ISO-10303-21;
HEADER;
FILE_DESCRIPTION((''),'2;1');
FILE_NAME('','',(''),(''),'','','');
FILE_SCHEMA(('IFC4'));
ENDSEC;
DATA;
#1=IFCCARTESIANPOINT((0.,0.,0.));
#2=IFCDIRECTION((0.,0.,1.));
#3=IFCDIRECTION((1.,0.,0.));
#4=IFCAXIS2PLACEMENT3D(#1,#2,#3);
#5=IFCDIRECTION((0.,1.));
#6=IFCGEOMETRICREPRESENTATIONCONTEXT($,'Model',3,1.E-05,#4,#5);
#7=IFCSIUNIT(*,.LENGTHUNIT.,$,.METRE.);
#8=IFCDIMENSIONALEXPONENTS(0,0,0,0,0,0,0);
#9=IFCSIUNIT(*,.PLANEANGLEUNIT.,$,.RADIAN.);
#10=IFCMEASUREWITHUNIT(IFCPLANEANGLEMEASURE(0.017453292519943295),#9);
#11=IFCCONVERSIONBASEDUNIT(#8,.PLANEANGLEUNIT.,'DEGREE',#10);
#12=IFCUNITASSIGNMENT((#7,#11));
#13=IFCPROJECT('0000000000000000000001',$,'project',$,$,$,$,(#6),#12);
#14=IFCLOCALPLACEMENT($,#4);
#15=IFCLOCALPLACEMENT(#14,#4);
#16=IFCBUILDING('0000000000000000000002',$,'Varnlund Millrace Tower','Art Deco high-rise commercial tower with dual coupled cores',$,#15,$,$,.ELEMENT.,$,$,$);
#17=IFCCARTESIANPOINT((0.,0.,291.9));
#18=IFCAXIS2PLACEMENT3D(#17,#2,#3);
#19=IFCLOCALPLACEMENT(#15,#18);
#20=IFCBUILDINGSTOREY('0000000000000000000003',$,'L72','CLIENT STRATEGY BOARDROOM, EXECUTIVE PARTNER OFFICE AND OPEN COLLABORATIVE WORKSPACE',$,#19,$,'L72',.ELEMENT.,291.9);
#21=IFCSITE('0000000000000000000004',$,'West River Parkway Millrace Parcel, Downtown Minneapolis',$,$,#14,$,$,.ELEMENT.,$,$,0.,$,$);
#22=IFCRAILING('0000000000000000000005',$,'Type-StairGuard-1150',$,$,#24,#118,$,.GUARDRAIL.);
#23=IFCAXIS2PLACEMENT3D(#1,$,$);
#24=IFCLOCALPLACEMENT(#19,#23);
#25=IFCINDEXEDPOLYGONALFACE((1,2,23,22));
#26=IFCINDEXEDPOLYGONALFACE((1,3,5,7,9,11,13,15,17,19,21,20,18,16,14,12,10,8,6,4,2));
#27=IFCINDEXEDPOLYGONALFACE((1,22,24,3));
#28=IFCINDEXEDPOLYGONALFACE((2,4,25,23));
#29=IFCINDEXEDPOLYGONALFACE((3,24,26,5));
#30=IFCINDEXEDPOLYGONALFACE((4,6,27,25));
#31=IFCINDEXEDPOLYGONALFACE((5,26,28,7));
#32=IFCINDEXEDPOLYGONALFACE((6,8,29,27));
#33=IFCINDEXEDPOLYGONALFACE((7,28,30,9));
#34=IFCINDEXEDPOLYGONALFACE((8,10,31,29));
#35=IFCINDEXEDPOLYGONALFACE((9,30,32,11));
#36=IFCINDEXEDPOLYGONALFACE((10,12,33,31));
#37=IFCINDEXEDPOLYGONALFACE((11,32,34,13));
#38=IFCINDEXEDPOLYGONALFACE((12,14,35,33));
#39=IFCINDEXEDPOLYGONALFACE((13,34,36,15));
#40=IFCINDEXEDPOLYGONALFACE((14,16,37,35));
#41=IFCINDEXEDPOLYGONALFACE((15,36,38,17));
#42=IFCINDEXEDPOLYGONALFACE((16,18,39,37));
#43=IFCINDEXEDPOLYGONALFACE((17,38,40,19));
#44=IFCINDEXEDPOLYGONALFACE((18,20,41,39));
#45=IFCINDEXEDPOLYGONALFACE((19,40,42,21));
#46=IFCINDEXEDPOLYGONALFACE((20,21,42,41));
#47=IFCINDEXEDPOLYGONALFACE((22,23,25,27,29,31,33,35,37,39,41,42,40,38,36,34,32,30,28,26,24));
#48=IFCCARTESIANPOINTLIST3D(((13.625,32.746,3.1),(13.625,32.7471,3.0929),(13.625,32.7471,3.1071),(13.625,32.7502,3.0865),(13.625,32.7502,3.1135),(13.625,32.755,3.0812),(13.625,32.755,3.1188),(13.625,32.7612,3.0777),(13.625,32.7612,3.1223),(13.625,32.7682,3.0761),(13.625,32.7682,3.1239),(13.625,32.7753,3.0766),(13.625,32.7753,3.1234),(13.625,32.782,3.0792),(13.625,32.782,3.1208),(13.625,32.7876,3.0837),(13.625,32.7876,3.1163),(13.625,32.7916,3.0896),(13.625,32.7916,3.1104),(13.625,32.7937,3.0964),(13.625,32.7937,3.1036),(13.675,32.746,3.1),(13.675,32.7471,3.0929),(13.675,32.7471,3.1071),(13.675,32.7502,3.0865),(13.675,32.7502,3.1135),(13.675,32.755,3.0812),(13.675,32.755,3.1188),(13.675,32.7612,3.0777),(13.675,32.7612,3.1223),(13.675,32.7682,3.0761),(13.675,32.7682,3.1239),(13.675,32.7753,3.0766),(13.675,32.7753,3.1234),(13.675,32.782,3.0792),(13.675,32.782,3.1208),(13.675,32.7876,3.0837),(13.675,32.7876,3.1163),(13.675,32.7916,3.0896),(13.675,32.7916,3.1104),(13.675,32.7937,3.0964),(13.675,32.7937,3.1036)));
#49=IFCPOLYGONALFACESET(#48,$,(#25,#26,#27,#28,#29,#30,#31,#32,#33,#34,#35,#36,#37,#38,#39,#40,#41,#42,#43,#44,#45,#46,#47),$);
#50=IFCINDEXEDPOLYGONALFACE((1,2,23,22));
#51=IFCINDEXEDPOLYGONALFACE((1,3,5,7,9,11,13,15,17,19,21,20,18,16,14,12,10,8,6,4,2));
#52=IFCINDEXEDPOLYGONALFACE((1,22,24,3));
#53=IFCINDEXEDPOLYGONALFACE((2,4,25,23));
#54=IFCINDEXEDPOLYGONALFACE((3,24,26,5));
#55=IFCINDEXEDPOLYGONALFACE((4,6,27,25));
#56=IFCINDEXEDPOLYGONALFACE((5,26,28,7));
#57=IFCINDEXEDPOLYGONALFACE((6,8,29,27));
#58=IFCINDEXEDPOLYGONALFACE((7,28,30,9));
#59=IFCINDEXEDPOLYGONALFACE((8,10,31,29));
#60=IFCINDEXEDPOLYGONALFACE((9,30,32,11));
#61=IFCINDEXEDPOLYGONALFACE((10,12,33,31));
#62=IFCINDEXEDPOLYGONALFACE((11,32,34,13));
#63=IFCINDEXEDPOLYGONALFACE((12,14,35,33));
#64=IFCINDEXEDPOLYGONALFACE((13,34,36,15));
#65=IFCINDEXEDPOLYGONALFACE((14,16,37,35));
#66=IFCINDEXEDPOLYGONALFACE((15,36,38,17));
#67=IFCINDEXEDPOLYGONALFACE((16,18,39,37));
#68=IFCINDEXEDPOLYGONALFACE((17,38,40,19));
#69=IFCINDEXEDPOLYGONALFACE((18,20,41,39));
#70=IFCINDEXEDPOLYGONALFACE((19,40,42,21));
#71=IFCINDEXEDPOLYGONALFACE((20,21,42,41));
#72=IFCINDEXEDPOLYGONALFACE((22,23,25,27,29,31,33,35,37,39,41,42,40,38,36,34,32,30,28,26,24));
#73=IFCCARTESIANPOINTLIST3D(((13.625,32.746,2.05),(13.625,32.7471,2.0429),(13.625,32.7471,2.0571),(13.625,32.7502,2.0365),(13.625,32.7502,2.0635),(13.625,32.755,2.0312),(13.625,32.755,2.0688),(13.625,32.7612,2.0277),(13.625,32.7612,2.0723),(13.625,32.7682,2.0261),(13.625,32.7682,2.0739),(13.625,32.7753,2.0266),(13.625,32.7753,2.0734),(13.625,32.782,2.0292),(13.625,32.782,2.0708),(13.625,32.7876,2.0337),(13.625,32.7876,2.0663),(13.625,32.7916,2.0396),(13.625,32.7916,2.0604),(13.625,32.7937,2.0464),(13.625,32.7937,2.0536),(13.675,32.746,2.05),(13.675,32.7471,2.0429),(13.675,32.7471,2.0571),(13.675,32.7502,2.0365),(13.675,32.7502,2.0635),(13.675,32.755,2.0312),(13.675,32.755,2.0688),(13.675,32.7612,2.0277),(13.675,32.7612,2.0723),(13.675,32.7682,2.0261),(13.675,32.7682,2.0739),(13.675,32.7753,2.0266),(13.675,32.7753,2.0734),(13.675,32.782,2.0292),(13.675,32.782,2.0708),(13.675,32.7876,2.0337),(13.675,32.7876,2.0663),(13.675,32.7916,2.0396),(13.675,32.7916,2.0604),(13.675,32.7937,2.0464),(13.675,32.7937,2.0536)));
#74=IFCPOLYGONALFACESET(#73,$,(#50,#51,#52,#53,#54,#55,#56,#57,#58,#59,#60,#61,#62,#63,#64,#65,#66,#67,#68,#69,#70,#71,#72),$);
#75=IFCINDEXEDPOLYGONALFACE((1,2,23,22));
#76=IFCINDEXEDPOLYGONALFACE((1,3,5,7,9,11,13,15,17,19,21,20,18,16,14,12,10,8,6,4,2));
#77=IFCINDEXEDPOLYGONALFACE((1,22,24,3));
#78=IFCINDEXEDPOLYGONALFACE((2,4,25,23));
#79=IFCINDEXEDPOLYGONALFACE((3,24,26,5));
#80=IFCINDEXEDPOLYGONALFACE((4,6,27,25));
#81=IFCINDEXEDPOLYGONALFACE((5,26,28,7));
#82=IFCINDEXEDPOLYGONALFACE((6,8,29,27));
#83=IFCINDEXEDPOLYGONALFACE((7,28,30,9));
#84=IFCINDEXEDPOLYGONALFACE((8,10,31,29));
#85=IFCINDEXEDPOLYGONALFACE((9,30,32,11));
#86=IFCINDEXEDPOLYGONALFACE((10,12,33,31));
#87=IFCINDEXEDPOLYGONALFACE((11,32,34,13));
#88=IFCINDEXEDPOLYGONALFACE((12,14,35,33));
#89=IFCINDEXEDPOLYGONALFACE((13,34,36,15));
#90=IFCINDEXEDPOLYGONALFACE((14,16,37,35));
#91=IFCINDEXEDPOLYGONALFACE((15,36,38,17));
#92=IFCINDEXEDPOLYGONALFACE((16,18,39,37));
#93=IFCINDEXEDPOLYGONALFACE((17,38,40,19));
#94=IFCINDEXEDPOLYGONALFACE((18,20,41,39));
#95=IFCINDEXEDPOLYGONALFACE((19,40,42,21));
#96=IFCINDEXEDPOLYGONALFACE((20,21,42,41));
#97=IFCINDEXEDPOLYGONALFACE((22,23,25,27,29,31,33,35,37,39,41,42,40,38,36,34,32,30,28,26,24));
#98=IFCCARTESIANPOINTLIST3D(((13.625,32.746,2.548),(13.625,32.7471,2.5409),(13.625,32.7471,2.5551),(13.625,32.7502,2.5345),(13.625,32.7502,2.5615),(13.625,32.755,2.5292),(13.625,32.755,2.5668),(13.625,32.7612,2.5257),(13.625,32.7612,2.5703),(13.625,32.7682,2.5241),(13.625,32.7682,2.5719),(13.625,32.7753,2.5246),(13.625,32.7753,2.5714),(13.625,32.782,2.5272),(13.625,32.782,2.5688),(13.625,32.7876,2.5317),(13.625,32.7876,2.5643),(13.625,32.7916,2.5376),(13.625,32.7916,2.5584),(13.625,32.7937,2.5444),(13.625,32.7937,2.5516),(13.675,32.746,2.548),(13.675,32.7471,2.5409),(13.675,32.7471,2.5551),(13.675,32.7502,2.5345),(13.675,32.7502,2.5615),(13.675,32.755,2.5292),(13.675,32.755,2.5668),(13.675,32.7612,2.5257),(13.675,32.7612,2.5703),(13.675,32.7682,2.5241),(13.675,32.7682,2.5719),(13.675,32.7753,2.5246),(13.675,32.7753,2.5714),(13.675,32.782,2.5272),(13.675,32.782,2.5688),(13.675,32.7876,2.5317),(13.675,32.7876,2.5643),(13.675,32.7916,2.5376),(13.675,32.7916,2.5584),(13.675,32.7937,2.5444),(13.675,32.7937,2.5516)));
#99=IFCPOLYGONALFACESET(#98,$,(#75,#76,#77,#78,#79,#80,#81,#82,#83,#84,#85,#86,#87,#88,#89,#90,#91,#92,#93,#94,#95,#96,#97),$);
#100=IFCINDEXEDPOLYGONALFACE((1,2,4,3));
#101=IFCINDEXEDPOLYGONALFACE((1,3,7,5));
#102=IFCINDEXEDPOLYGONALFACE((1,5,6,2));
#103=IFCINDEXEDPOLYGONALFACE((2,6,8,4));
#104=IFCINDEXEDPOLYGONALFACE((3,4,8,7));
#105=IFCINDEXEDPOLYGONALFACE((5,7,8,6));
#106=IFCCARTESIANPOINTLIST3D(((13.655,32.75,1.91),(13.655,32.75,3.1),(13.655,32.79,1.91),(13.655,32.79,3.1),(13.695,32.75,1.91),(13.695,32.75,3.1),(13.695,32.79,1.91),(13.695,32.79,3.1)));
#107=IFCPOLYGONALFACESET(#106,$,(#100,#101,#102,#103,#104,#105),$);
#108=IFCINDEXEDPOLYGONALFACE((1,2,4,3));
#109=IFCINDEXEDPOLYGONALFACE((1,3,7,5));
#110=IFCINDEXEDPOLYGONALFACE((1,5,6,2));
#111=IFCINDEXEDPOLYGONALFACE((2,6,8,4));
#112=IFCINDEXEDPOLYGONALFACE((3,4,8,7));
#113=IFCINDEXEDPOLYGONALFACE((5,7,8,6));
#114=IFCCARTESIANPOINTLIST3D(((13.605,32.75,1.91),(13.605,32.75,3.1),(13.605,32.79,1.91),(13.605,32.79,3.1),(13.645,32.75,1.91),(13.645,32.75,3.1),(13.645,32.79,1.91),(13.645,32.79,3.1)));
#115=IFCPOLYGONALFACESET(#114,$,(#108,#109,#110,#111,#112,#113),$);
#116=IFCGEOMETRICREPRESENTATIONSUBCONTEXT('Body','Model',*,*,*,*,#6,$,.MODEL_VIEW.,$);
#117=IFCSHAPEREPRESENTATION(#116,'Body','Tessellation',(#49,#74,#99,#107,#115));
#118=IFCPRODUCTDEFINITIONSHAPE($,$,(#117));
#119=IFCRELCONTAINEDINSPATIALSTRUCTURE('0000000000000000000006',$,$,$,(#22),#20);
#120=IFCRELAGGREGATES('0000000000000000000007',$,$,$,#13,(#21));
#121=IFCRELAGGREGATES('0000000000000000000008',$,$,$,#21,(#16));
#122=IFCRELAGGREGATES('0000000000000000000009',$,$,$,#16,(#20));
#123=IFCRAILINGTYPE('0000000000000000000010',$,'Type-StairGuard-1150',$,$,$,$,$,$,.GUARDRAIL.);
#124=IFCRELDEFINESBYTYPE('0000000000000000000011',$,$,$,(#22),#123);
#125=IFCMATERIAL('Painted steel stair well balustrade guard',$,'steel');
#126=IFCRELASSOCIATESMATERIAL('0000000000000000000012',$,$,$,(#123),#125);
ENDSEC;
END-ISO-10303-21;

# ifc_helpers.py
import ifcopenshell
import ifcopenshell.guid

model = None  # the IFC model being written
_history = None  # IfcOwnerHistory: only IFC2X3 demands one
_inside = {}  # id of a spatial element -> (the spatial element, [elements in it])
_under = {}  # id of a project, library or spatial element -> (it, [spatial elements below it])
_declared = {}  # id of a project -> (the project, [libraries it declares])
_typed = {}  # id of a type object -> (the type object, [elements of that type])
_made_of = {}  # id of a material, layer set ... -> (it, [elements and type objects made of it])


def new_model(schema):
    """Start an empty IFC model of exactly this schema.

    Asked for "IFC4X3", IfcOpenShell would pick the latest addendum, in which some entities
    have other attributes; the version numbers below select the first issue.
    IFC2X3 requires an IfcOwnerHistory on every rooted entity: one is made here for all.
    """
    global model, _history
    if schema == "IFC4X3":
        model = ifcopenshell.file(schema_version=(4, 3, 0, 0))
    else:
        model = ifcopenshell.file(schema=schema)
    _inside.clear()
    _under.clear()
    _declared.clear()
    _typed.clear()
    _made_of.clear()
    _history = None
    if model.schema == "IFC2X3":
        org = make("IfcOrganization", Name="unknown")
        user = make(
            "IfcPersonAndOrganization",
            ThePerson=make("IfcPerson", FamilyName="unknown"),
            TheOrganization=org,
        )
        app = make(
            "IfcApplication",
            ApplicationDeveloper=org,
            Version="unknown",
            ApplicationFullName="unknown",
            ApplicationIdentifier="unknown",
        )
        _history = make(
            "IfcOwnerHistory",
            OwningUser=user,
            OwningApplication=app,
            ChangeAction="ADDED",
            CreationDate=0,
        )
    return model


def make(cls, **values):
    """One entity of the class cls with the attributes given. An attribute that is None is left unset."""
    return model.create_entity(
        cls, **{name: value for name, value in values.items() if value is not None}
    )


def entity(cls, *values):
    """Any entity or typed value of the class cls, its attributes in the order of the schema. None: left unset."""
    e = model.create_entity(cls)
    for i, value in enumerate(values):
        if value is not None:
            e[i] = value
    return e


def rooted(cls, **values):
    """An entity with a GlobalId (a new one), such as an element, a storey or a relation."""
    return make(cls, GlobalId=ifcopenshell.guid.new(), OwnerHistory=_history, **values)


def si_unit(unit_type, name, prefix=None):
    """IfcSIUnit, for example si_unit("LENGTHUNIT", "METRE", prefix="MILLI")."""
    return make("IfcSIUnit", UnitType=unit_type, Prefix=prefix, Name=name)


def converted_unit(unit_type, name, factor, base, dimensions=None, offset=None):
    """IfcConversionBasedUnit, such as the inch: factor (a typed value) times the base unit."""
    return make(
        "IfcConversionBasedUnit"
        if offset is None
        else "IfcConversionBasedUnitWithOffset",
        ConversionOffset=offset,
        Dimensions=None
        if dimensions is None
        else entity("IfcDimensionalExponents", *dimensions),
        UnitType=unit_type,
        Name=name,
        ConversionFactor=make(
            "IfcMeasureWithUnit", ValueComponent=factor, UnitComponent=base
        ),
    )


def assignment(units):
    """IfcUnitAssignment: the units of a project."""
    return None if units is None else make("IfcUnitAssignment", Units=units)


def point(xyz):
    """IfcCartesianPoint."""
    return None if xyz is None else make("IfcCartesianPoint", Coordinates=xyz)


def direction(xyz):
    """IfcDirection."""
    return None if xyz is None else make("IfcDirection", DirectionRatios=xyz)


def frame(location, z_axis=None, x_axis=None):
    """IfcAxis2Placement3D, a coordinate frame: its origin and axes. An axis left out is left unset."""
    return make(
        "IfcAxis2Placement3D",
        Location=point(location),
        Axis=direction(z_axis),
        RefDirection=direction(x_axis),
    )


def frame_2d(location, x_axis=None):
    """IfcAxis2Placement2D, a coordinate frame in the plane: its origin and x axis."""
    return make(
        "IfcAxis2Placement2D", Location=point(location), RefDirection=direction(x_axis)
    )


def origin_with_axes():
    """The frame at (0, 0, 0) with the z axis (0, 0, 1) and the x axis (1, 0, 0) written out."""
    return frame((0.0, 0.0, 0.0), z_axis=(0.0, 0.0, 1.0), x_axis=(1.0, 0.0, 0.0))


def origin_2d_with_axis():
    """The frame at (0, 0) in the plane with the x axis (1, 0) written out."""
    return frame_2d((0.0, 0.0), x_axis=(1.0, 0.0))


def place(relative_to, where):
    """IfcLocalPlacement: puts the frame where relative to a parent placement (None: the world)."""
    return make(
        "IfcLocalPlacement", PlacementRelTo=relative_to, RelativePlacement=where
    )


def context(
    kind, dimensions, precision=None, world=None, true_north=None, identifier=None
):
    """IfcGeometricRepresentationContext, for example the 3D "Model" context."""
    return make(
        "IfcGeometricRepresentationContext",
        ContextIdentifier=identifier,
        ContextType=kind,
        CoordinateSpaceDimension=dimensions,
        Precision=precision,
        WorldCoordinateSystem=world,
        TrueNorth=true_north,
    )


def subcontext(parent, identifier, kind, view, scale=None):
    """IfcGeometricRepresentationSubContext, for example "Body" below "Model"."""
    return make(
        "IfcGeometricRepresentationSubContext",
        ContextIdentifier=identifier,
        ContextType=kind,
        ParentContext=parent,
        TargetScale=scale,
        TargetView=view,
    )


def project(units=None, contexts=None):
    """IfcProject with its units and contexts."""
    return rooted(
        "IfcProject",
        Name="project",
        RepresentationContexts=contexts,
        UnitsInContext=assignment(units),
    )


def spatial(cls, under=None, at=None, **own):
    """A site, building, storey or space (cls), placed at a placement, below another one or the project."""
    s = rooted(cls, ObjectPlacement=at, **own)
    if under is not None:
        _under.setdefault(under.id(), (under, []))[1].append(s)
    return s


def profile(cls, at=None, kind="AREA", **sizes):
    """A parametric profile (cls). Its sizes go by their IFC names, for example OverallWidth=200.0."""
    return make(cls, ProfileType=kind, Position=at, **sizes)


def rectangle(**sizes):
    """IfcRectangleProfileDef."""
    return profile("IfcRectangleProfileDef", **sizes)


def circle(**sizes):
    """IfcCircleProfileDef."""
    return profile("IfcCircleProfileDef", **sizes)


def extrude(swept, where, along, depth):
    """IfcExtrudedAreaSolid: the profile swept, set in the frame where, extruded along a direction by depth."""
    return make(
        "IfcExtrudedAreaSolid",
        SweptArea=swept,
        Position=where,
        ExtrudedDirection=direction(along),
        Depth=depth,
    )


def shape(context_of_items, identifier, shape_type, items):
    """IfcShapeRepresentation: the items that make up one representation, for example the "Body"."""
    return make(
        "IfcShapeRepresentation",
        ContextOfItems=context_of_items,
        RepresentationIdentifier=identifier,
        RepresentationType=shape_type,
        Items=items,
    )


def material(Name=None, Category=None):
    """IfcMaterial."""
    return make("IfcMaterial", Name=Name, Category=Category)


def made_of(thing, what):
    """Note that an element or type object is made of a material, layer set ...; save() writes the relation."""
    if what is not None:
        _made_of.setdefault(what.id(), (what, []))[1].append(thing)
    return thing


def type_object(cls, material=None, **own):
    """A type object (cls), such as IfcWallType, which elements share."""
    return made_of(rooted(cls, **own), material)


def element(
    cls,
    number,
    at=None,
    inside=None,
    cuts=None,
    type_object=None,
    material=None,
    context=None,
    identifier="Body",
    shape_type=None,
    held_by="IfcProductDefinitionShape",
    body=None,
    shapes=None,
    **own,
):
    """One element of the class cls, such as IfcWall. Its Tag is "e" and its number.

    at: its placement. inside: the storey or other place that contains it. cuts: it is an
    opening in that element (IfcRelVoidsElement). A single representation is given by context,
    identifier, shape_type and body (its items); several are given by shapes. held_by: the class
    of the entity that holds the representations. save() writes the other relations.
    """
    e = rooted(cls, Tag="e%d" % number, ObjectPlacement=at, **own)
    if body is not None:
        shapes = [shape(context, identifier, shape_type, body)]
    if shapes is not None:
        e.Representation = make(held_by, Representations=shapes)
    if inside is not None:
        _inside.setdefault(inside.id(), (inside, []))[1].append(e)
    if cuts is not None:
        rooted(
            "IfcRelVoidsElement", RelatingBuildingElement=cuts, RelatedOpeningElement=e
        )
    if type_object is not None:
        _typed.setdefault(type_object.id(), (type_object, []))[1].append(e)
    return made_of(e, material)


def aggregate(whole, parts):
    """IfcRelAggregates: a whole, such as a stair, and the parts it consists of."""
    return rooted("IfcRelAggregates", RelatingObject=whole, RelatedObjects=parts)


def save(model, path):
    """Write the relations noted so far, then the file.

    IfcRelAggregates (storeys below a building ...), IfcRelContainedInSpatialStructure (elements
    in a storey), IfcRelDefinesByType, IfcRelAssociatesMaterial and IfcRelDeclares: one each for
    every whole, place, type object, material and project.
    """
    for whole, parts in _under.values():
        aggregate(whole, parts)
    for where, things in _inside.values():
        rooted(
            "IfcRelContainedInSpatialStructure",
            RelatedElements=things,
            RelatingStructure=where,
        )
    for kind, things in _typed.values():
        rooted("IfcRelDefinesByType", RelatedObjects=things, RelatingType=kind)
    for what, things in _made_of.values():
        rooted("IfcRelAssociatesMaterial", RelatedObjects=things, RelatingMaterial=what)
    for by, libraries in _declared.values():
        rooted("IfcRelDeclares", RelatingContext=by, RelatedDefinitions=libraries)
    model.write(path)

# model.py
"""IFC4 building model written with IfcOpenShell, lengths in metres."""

from ifc_helpers import new_model, entity, si_unit, converted_unit, direction, frame, origin_with_axes, origin_2d_with_axis, place, context, subcontext, project, spatial, rectangle, circle, extrude, material, type_object, element, save


model = new_model("IFC4")

# Units and contexts
model_context = context("Model", 3, precision=1e-05, world=origin_with_axes(), true_north=direction((0.0, 1.0)))
body_context = subcontext(model_context, "Body", "Model", "MODEL_VIEW")
ifc_project = project(units=[si_unit("LENGTHUNIT", "METRE"), converted_unit("PLANEANGLEUNIT", "DEGREE", entity("IfcPlaneAngleMeasure", 0.017453292519943295), si_unit("PLANEANGLEUNIT", "RADIAN"), dimensions=[0, 0, 0, 0, 0, 0, 0])], contexts=[model_context])

# Site, building, storey
site_placement = place(None, origin_with_axes())
site = spatial("IfcSite", under=ifc_project, at=site_placement, Name="West River Parkway Millrace Parcel, Downtown Minneapolis", CompositionType="ELEMENT", RefElevation=0.0)
building_placement = place(site_placement, origin_with_axes())
building = spatial("IfcBuilding", under=site, at=building_placement, Name="Varnlund Millrace Tower", Description="Art Deco high-rise commercial tower with dual coupled cores", CompositionType="ELEMENT")
storey_placement = place(building_placement, frame((0.0, 0.0, 291.9), z_axis=(0.0, 0.0, 1.0), x_axis=(1.0, 0.0, 0.0)))
storey = spatial("IfcBuildingStorey", under=building, at=storey_placement, Name="L72", Description="CLIENT STRATEGY BOARDROOM, EXECUTIVE PARTNER OFFICE AND OPEN COLLABORATIVE WORKSPACE", LongName="L72", CompositionType="ELEMENT", Elevation=291.9)

# Railing
ifc_material_1 = material(Name="Painted steel stair well balustrade guard", Category="steel")
railing_type_1 = type_object("IfcRailingType", Name="Type-StairGuard-1150", PredefinedType="GUARDRAIL", material=ifc_material_1)
railing_1_placement = place(storey_placement, frame((0.0, 0.0, -291.9), z_axis=(0.0, 0.0, 1.0), x_axis=(1.0, 0.0, 0.0)))
element("IfcRailing", 1, at=railing_1_placement, inside=storey, type_object=railing_type_1, Name="Type-StairGuard-1150", PredefinedType="GUARDRAIL", context=body_context, shape_type="SweptSolid", body=[
    extrude(circle(Radius=0.024, at=origin_2d_with_axis()), frame((13.675, 32.77, 295.0), z_axis=(-1.0, 0.0, 0.0), x_axis=(0.0, -1.0, 0.0)), (0.0, 0.0, 1.0), 0.05),
    extrude(circle(Radius=0.024, at=origin_2d_with_axis()), frame((13.675, 32.77, 293.95), z_axis=(-1.0, 0.0, 0.0), x_axis=(0.0, -1.0, 0.0)), (0.0, 0.0, 1.0), 0.05),
    extrude(circle(Radius=0.024, at=origin_2d_with_axis()), frame((13.675, 32.77, 294.448), z_axis=(-1.0, 0.0, 0.0), x_axis=(0.0, -1.0, 0.0)), (0.0, 0.0, 1.0), 0.05),
    extrude(rectangle(XDim=0.04, YDim=0.04, at=origin_2d_with_axis()), frame((13.675, 32.77, 293.81), z_axis=(0.0, 0.0, 1.0), x_axis=(1.0, 0.0, 0.0)), (0.0, 0.0, 1.0), 1.19),
    extrude(rectangle(XDim=0.04, YDim=0.04, at=origin_2d_with_axis()), frame((13.625, 32.77, 293.81), z_axis=(0.0, 0.0, 1.0), x_axis=(1.0, 0.0, 0.0)), (0.0, 0.0, 1.0), 1.19),
])

save(model, "model.ifc")
